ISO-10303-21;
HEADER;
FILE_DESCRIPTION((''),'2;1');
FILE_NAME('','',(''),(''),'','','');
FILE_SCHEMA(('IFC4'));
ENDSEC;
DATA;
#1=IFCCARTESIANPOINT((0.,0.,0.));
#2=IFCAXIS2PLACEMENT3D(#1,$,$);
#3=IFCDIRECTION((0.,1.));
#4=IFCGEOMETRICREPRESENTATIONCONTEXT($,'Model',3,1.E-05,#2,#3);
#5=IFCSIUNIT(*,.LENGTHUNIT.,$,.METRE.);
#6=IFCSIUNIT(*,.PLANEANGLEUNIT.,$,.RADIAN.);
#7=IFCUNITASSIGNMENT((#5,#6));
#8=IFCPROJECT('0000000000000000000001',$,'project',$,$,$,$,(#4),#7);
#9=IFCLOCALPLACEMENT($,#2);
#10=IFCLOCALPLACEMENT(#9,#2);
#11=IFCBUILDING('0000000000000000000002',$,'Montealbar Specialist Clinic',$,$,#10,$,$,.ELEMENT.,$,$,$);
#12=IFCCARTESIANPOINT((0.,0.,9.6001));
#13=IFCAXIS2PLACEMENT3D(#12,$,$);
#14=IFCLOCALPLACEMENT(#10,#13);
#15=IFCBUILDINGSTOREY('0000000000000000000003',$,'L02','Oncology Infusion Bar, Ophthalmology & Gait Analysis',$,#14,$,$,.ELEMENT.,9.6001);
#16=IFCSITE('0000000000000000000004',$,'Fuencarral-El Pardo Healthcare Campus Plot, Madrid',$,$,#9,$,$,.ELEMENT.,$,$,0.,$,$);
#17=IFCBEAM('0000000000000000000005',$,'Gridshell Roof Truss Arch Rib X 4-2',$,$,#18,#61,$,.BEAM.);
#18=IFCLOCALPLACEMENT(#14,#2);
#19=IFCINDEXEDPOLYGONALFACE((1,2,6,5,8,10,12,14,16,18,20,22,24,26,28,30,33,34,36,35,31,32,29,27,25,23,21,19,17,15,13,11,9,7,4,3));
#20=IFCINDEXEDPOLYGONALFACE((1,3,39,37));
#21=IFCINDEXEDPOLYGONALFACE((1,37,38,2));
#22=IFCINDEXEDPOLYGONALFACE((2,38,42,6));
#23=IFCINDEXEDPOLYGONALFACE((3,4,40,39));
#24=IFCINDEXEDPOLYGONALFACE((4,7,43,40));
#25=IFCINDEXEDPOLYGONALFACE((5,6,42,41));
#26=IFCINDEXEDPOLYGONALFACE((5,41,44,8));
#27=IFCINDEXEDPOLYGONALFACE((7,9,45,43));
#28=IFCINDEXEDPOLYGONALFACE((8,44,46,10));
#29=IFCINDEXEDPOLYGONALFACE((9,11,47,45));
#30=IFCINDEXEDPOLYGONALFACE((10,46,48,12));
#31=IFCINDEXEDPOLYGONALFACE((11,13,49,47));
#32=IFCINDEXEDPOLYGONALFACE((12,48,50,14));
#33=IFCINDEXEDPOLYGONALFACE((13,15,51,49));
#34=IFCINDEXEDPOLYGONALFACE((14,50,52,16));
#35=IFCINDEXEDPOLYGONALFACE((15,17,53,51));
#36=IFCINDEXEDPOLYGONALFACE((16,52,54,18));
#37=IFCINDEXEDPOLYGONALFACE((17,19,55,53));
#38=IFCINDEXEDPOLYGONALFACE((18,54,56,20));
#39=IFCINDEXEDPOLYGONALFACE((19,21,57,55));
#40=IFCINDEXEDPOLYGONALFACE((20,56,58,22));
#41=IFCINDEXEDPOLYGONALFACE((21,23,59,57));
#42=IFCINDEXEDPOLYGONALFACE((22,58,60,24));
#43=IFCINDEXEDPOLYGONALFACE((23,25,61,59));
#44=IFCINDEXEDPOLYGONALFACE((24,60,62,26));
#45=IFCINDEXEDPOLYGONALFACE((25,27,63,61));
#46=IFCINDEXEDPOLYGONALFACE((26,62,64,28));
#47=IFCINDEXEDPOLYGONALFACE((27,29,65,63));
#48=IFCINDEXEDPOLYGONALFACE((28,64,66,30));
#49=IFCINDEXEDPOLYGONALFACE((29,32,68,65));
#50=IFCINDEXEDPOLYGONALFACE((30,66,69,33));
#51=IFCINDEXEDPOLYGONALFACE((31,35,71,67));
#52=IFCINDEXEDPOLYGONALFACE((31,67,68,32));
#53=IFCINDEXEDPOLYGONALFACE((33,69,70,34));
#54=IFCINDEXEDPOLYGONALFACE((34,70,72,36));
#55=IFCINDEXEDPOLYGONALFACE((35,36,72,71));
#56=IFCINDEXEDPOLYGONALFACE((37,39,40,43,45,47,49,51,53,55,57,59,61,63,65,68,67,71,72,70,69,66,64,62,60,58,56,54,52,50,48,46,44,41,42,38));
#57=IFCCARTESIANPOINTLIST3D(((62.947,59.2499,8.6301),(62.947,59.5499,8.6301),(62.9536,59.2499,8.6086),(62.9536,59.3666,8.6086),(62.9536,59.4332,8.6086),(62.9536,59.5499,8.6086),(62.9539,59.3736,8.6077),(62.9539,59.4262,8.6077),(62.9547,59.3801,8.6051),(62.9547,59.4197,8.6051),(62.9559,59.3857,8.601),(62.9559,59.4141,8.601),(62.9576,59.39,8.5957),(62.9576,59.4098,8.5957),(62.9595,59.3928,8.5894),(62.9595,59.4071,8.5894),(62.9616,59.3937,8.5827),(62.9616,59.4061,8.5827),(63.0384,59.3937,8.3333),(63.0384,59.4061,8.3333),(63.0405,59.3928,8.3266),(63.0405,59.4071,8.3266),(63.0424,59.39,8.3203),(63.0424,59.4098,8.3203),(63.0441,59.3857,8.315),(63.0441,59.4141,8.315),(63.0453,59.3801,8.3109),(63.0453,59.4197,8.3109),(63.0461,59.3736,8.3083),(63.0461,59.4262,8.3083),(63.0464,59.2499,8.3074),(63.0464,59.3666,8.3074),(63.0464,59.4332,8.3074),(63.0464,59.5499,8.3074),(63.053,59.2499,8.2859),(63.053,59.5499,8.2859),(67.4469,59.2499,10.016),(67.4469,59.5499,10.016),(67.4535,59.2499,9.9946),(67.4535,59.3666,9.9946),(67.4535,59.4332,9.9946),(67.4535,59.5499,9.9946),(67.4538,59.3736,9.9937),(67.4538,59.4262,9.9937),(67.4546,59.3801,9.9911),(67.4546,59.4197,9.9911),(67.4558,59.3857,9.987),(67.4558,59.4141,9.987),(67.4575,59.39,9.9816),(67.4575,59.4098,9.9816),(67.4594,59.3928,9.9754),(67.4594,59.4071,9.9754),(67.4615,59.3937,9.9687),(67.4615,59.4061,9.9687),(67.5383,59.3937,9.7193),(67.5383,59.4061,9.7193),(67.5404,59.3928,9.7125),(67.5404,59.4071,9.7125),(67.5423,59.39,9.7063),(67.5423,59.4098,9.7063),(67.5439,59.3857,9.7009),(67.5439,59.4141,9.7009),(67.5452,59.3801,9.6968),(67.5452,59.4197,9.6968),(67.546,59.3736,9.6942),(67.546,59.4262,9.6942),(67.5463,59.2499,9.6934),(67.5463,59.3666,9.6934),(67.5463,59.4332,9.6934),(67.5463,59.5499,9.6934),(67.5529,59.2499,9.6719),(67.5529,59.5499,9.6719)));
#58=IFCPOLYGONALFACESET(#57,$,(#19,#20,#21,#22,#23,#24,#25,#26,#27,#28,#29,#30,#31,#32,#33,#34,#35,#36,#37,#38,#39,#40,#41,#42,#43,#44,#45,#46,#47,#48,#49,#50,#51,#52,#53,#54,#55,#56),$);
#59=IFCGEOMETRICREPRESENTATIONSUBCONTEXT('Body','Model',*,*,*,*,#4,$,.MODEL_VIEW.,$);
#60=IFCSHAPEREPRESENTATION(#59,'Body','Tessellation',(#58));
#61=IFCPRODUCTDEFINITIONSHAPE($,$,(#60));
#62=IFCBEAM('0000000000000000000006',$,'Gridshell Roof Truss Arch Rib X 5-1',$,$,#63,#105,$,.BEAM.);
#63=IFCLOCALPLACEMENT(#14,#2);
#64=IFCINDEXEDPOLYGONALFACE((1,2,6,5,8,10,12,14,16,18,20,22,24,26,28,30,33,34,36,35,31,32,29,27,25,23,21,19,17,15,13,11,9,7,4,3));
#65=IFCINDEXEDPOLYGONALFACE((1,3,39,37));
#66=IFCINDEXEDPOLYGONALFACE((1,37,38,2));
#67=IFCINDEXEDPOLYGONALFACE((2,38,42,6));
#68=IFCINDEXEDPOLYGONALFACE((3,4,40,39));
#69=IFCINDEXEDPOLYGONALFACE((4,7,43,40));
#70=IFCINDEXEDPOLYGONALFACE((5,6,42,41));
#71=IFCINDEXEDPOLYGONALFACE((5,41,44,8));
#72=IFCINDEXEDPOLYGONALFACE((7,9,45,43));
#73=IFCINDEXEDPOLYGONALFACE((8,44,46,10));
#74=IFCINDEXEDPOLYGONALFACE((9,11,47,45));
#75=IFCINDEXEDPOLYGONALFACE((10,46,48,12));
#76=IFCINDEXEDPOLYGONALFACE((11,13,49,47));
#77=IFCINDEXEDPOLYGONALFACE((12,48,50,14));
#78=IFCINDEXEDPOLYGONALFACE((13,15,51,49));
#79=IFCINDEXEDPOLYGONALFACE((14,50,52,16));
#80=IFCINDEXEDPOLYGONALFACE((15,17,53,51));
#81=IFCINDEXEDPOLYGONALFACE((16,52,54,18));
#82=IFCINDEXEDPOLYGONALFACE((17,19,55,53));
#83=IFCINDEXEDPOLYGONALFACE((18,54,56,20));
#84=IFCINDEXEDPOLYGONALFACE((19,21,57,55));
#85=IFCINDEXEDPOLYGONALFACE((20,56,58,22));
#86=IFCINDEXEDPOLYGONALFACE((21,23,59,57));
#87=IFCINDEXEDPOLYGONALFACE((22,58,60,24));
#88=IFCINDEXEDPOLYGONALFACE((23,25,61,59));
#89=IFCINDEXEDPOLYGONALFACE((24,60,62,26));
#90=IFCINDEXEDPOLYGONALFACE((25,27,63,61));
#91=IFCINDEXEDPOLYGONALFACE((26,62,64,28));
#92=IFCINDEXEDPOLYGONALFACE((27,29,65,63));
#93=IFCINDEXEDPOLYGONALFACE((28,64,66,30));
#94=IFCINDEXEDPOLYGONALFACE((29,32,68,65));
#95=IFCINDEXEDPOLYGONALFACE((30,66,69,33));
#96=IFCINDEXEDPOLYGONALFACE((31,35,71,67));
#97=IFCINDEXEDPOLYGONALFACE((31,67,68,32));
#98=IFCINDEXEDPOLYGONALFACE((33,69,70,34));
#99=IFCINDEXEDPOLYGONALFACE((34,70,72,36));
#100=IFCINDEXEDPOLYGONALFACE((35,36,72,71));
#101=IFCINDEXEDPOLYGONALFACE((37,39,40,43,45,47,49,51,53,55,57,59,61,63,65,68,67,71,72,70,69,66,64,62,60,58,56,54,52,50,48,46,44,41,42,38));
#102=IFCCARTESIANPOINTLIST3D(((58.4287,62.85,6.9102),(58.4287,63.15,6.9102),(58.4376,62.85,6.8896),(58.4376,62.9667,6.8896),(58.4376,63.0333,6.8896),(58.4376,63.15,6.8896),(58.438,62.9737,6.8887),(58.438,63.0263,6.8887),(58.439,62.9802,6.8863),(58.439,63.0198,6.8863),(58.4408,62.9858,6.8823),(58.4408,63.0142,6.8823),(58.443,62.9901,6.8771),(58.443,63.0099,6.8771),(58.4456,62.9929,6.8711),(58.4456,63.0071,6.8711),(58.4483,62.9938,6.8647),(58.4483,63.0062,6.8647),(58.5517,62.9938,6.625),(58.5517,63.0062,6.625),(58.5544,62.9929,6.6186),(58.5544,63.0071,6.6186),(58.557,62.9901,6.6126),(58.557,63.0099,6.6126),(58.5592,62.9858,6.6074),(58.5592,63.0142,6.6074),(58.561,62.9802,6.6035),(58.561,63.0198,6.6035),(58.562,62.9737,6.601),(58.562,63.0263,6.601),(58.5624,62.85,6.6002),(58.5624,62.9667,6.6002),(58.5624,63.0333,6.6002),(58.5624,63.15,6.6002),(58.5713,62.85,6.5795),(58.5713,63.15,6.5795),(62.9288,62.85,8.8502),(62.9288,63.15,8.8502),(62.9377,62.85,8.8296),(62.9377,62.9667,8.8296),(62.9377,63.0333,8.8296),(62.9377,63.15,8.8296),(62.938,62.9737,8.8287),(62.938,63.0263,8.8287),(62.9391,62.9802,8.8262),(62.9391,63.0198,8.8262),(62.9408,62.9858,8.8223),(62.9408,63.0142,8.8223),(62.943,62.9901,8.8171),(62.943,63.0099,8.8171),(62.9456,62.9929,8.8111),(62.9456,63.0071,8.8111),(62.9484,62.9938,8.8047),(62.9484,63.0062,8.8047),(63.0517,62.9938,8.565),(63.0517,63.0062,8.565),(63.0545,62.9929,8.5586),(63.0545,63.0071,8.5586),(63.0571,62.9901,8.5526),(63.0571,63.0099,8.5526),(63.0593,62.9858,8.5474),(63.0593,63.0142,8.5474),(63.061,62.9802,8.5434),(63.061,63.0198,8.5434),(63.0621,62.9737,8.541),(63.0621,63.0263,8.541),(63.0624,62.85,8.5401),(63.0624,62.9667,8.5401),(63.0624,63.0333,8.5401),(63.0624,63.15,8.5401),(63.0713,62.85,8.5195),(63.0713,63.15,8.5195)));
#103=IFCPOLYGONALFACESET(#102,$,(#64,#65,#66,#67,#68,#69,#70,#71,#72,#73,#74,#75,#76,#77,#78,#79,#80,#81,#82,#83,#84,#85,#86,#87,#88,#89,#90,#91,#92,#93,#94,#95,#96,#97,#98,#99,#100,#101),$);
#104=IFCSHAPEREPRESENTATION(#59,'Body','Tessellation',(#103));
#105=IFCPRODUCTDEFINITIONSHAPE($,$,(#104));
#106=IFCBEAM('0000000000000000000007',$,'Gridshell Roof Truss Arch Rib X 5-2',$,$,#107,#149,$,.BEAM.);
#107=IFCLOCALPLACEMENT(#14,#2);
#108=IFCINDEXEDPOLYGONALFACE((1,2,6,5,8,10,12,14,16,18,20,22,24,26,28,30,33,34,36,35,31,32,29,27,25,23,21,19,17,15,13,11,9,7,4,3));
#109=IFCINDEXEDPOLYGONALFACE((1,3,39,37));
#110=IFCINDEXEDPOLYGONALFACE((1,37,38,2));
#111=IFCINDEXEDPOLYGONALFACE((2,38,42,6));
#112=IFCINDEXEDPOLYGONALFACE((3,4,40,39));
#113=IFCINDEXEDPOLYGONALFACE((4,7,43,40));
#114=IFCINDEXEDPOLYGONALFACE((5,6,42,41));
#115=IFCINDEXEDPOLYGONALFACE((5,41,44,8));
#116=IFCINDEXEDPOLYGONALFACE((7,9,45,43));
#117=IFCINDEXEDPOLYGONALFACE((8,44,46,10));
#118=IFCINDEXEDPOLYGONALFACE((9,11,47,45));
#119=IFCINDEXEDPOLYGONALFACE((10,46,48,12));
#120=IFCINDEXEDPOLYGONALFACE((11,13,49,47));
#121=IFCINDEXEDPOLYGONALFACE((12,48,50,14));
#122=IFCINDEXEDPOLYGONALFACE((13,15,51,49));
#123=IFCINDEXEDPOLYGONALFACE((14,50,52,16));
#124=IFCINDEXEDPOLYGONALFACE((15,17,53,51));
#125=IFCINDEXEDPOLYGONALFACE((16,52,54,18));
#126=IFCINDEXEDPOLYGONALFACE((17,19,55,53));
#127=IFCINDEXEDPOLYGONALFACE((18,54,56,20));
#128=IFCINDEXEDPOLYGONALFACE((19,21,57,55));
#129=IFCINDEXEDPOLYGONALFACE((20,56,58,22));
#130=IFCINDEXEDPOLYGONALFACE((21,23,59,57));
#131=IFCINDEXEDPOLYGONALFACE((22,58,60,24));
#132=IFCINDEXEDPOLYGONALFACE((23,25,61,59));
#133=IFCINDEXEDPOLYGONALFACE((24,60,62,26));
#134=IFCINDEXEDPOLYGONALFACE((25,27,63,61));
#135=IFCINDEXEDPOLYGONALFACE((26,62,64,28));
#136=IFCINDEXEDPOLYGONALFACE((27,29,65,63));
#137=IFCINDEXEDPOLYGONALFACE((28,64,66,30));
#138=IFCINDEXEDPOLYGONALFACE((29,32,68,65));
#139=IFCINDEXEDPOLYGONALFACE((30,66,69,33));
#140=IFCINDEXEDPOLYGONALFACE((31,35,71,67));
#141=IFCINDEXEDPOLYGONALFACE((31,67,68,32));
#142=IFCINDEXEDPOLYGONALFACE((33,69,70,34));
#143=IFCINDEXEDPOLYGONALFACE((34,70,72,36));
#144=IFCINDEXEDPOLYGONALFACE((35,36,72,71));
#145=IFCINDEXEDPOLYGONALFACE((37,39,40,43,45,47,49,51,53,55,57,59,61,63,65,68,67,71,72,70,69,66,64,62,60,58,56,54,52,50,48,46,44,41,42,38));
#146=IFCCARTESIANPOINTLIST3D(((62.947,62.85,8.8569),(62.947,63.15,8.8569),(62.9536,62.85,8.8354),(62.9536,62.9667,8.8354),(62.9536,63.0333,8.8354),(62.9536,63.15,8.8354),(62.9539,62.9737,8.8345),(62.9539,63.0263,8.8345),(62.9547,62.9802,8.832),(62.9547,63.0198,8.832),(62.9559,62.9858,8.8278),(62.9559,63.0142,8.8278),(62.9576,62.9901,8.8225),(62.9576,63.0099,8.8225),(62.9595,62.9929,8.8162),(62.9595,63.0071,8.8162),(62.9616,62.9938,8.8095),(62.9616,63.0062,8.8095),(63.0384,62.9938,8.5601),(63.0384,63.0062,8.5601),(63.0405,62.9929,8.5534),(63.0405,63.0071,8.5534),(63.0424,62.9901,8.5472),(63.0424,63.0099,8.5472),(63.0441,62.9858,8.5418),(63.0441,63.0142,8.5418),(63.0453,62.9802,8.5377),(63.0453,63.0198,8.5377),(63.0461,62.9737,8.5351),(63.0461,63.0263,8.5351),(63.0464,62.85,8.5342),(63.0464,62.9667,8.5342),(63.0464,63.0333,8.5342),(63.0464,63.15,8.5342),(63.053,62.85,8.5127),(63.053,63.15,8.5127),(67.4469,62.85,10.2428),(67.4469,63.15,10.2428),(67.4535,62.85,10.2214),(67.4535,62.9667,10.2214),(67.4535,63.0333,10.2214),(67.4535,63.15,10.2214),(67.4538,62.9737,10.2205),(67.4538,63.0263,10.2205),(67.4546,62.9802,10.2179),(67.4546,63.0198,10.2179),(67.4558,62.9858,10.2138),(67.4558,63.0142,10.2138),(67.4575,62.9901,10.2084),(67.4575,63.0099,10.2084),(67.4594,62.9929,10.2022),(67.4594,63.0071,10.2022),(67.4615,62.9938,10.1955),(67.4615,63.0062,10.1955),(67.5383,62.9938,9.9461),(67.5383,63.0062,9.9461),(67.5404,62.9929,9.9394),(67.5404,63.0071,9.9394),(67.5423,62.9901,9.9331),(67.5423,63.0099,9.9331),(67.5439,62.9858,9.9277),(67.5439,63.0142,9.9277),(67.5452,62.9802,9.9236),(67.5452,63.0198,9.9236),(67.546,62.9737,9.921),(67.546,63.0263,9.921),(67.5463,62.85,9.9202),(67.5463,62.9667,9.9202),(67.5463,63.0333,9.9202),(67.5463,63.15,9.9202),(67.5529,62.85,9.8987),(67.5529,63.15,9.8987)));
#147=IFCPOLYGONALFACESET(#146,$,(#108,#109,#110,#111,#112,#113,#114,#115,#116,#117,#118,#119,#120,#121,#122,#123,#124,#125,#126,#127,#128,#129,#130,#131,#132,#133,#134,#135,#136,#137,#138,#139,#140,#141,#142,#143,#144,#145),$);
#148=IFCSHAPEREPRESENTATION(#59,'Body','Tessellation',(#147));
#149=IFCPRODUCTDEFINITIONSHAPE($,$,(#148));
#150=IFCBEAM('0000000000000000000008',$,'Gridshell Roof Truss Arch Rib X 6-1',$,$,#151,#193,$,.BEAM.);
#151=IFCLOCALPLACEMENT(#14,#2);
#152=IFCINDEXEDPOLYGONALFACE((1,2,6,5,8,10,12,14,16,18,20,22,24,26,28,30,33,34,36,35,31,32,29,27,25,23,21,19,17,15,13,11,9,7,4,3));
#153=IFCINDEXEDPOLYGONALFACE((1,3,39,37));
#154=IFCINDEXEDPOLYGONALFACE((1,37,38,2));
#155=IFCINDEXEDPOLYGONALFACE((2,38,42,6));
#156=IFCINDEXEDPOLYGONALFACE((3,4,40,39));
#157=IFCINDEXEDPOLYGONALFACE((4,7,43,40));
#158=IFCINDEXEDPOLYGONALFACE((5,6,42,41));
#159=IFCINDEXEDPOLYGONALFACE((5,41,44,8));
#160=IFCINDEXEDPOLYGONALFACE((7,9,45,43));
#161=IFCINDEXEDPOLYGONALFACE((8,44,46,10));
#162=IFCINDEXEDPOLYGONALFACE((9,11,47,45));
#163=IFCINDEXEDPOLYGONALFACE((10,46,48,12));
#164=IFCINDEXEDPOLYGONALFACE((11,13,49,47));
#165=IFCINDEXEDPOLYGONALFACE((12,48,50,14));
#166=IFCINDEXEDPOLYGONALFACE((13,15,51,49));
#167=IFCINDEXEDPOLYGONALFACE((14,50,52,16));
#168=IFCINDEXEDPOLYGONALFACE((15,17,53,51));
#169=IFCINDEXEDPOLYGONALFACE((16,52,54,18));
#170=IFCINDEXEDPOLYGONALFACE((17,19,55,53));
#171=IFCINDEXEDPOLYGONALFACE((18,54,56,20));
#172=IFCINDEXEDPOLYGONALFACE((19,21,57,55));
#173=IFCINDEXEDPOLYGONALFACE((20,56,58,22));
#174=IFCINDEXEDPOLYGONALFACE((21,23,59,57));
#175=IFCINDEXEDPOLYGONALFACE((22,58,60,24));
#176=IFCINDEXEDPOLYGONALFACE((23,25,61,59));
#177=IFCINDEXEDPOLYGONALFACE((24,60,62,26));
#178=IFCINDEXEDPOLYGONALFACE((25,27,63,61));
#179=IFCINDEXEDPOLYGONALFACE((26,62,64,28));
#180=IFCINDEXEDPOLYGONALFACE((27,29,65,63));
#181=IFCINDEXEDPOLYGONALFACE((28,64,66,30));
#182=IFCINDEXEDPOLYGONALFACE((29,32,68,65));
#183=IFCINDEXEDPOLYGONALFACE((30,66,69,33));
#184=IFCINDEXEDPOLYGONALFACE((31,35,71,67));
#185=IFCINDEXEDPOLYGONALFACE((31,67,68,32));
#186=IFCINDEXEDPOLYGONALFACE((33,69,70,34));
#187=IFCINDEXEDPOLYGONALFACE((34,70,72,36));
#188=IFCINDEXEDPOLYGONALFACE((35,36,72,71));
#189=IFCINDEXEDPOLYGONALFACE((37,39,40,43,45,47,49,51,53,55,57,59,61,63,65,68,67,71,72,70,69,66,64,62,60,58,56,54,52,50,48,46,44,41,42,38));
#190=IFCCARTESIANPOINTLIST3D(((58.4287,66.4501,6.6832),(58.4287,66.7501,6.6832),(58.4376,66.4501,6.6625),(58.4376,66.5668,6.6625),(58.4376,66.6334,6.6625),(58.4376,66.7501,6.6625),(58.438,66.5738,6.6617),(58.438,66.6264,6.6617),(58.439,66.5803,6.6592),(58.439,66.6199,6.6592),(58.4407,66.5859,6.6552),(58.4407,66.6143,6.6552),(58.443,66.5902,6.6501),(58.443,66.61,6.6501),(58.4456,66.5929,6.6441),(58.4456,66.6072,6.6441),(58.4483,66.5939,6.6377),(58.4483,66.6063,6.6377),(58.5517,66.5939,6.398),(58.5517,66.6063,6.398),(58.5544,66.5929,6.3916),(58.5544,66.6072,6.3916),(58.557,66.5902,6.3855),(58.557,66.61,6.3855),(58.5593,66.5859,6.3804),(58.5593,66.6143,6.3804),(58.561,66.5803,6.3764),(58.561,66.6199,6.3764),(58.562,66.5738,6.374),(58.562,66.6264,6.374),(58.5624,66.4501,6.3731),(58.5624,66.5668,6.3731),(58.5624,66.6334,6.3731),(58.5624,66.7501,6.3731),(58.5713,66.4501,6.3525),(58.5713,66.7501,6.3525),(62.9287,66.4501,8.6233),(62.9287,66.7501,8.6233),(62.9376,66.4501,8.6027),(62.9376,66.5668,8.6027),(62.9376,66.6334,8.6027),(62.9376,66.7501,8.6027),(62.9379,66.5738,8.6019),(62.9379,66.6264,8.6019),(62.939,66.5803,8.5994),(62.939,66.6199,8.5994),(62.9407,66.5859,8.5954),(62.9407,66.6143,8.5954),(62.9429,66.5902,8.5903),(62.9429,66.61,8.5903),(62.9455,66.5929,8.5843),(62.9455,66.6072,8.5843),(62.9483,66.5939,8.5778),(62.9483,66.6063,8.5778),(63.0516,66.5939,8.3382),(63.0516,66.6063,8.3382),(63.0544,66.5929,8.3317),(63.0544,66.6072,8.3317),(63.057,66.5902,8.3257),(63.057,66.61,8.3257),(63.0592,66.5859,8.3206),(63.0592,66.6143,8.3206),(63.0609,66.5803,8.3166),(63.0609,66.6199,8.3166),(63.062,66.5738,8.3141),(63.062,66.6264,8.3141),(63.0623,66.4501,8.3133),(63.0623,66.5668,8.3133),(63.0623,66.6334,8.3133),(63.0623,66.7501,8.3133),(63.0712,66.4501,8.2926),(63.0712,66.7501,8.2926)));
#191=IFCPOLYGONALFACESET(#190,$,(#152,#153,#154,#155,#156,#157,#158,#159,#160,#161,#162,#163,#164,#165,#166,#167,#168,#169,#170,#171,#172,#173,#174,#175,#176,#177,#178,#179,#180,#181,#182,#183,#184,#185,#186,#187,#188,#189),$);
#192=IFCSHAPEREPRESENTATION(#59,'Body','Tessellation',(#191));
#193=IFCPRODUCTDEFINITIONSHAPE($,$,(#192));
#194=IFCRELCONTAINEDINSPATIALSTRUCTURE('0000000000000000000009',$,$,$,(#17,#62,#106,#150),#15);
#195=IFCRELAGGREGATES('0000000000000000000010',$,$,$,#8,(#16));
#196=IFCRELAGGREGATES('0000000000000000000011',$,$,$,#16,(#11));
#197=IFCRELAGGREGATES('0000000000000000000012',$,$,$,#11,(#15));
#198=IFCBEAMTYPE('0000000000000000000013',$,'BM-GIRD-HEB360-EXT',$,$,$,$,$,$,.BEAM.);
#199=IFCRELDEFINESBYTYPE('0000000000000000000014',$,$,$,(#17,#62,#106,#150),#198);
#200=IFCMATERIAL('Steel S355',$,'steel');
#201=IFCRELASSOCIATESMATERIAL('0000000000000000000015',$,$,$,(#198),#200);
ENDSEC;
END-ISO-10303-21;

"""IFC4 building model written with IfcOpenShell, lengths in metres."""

from ifc_helpers import new_model, si_unit, direction, frame, origin, origin_2d, place, context, subcontext, project, spatial, i_section, extrude, material, material_profile, profile_set, type_object, element, save


model = new_model("IFC4")

# Units and contexts
model_context = context("Model", 3, precision=1e-05, world=origin(), true_north=direction((0.0, 1.0)))
body_context = subcontext(model_context, "Body", "Model", "MODEL_VIEW")
ifc_project = project(units=[si_unit("LENGTHUNIT", "METRE"), si_unit("PLANEANGLEUNIT", "RADIAN")], contexts=[model_context])

# Site, building, storey
site_placement = place(None, origin())
site = spatial("IfcSite", under=ifc_project, at=site_placement, Name="Fuencarral-El Pardo Healthcare Campus Plot, Madrid", CompositionType="ELEMENT", RefElevation=0.0)
building_placement = place(site_placement, origin())
building = spatial("IfcBuilding", under=site, at=building_placement, Name="Montealbar Specialist Clinic", CompositionType="ELEMENT")
storey_placement = place(building_placement, frame((0.0, 0.0, 9.6001)))
storey = spatial("IfcBuildingStorey", under=building, at=storey_placement, Name="L02", Description="Oncology Infusion Bar, Ophthalmology & Gait Analysis", CompositionType="ELEMENT", Elevation=9.6001)

# Beams
ifc_material_1 = material(Name="Steel S355", Category="steel")
ifc_material_profile_1 = material_profile(ifc_material_1, i_section(OverallWidth=0.3, OverallDepth=0.3601, WebThickness=0.0125, FlangeThickness=0.0225, FilletRadius=0.0271, at=origin_2d()), Name="HEB 360", Category="steel")
ifc_profile_set_1 = profile_set([ifc_material_profile_1], Name="Steel S355")
beam_type_1 = type_object("IfcBeamType", Name="BM-GIRD-HEB360-EXT", PredefinedType="BEAM", material=ifc_profile_set_1)
beam_1_placement = place(storey_placement, frame((63.0, 59.3999, 8.458), z_axis=(0.955697, 0.0, 0.294352), x_axis=(0.0, 1.0, 0.0)))
element("IfcBeam", 1, at=beam_1_placement, inside=storey, type_object=beam_type_1, Name="Gridshell Roof Truss Arch Rib X 4-2", PredefinedType="BEAM", context=body_context, shape_type="SweptSolid", body=[
    extrude(i_section(OverallWidth=0.3, OverallDepth=0.3601, WebThickness=0.0125, FlangeThickness=0.0225, FilletRadius=0.0271, at=origin_2d()), origin(), (0.0, 0.0, 1.0), 4.7085),
])
beam_2_placement = place(storey_placement, frame((58.5, 63.0, 6.7449), z_axis=(0.918303, 0.0, 0.395879), x_axis=(0.0, 1.0, 0.0)))
element("IfcBeam", 2, at=beam_2_placement, inside=storey, type_object=beam_type_1, Name="Gridshell Roof Truss Arch Rib X 5-1", PredefinedType="BEAM", context=body_context, shape_type="SweptSolid", body=[
    extrude(i_section(OverallWidth=0.3, OverallDepth=0.3601, WebThickness=0.0125, FlangeThickness=0.0225, FilletRadius=0.0271, at=origin_2d()), origin(), (0.0, 0.0, 1.0), 4.9004),
])
beam_3_placement = place(storey_placement, frame((63.0, 63.0, 8.6848), z_axis=(0.955697, 0.0, 0.294352), x_axis=(0.0, 1.0, 0.0)))
element("IfcBeam", 3, at=beam_3_placement, inside=storey, type_object=beam_type_1, Name="Gridshell Roof Truss Arch Rib X 5-2", PredefinedType="BEAM", context=body_context, shape_type="SweptSolid", body=[
    extrude(i_section(OverallWidth=0.3, OverallDepth=0.3601, WebThickness=0.0125, FlangeThickness=0.0225, FilletRadius=0.0271, at=origin_2d()), origin(), (0.0, 0.0, 1.0), 4.7085),
])
beam_4_placement = place(storey_placement, frame((58.5, 66.6001, 6.5178), z_axis=(0.918285, 0.0, 0.395921), x_axis=(0.0, 1.0, 0.0)))
element("IfcBeam", 4, at=beam_4_placement, inside=storey, type_object=beam_type_1, Name="Gridshell Roof Truss Arch Rib X 6-1", PredefinedType="BEAM", context=body_context, shape_type="SweptSolid", body=[
    extrude(i_section(OverallWidth=0.3, OverallDepth=0.3601, WebThickness=0.0125, FlangeThickness=0.0225, FilletRadius=0.0271, at=origin_2d()), origin(), (0.0, 0.0, 1.0), 4.9004),
])

save(model, "model.ifc")
